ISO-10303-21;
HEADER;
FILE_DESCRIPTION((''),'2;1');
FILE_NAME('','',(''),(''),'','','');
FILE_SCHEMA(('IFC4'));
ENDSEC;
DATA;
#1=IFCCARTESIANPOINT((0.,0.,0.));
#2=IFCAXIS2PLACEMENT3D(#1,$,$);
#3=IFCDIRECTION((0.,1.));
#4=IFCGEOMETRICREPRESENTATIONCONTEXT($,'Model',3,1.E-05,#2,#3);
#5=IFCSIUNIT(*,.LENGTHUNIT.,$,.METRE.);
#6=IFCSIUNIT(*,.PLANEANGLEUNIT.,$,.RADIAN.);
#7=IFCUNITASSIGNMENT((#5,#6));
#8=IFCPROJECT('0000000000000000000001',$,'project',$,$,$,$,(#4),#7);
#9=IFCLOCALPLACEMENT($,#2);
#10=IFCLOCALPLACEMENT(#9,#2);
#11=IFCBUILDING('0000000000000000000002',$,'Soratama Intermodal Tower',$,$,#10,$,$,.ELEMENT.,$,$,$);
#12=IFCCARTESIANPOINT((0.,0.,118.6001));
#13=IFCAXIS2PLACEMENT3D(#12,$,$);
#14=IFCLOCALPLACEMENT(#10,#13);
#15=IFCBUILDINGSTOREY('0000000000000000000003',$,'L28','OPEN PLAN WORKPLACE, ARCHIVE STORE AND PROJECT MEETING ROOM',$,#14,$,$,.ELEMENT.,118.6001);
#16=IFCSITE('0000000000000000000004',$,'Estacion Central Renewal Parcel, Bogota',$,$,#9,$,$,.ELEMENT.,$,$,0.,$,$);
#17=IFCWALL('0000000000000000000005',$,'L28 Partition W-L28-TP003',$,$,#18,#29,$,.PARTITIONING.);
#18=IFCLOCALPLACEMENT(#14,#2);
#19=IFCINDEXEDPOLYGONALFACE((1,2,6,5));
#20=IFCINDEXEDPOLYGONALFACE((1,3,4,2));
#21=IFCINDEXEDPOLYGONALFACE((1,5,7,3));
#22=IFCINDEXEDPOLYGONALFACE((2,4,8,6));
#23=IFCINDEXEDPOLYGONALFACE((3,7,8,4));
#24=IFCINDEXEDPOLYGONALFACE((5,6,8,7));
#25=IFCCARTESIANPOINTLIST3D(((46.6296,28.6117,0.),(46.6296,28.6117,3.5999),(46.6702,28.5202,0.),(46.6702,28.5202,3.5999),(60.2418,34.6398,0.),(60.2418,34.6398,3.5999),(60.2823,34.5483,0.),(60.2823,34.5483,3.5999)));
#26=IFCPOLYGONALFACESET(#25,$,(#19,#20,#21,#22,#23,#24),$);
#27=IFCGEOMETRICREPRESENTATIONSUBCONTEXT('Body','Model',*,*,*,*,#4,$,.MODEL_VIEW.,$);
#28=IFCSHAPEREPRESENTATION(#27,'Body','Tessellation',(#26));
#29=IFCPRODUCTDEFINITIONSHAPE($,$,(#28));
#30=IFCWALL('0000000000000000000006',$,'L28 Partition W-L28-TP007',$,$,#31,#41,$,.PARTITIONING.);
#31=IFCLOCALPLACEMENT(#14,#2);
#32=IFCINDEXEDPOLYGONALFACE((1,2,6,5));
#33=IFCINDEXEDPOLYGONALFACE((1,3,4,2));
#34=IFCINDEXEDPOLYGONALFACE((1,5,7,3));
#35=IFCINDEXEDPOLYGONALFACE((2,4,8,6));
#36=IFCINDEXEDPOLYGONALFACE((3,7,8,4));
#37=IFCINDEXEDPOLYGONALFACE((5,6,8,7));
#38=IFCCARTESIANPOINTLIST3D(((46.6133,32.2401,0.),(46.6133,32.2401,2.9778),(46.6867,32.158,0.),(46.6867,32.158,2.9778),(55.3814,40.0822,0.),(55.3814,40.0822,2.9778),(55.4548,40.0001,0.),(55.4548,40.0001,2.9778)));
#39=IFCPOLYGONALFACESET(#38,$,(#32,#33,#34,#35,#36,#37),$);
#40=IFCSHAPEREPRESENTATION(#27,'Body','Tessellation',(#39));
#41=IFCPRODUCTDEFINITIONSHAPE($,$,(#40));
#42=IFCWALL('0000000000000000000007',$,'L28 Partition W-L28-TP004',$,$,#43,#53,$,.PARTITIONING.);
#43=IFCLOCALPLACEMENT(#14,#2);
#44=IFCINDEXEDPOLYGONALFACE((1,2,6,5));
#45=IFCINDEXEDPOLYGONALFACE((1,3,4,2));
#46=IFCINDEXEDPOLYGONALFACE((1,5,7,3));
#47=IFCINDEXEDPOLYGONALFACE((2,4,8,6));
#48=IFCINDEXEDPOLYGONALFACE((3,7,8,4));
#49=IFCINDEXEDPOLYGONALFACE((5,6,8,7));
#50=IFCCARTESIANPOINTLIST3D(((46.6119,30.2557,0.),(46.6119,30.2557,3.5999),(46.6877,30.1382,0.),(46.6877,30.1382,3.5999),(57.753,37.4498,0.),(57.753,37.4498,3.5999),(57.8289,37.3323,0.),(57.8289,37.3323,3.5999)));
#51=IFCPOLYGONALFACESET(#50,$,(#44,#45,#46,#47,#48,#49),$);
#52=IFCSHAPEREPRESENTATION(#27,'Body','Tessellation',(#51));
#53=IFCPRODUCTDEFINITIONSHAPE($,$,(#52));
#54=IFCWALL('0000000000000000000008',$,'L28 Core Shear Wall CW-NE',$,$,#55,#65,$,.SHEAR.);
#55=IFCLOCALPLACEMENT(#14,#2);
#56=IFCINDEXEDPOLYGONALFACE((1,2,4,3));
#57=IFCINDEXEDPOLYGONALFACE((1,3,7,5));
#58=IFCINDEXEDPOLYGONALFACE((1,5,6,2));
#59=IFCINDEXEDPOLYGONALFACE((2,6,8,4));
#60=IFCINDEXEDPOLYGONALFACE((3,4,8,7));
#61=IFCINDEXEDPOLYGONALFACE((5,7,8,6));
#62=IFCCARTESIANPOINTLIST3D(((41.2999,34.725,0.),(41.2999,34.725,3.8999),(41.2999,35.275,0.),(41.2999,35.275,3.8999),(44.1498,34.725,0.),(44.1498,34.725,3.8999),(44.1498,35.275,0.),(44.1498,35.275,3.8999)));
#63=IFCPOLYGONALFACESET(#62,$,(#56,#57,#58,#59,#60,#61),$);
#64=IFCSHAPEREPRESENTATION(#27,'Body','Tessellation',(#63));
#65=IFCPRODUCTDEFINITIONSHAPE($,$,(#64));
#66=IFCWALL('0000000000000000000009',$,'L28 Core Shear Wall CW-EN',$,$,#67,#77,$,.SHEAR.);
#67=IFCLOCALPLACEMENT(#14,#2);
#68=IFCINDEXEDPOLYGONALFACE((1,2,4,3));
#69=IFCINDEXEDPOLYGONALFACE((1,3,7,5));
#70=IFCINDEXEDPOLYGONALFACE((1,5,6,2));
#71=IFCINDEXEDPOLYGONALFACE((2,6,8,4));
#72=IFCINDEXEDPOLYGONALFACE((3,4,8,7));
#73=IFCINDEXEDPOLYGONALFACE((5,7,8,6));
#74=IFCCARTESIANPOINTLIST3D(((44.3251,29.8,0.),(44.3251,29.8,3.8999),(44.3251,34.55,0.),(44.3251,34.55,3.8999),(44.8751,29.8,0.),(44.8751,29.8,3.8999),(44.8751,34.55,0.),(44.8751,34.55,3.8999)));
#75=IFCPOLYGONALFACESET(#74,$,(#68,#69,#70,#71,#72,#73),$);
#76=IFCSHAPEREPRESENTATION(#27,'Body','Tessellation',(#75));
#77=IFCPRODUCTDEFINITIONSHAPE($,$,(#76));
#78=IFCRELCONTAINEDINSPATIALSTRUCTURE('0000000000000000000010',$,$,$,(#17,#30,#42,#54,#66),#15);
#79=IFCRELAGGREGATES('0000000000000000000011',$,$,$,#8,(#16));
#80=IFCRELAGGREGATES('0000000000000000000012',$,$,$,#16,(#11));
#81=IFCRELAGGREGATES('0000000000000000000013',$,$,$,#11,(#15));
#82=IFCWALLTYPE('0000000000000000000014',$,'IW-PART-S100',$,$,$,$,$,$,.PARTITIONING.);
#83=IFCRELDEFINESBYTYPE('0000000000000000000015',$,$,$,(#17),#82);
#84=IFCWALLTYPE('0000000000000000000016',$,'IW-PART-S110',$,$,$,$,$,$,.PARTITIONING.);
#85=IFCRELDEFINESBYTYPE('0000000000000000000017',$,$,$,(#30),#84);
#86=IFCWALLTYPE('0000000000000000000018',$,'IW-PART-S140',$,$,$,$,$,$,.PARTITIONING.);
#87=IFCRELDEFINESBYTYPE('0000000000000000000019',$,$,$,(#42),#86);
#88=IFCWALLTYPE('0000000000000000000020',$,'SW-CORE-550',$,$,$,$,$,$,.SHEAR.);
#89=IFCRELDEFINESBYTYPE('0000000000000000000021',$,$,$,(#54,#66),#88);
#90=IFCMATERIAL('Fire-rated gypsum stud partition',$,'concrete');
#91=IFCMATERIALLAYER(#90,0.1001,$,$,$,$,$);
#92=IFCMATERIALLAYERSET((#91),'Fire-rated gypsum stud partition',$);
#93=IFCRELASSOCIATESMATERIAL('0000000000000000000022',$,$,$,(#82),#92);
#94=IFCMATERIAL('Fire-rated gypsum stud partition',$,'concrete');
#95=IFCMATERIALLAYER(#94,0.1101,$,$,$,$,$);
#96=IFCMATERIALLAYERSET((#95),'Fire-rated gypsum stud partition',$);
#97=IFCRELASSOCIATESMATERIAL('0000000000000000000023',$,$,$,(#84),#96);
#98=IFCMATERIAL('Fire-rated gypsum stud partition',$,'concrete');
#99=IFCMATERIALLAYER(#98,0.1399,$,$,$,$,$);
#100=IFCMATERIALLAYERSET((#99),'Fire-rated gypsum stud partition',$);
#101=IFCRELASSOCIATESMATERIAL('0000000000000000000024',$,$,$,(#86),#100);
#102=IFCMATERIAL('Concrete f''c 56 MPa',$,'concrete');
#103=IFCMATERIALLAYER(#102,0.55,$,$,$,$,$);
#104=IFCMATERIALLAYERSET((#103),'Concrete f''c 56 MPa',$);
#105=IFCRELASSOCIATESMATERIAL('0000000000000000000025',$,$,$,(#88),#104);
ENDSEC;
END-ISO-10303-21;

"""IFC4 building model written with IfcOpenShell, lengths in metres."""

from ifc_helpers import new_model, si_unit, direction, frame, frame_2d, origin, place, context, subcontext, project, spatial, rectangle, extrude, material, layer, layer_set, type_object, element, save


model = new_model("IFC4")

# Units and contexts
model_context = context("Model", 3, precision=1e-05, world=origin(), true_north=direction((0.0, 1.0)))
body_context = subcontext(model_context, "Body", "Model", "MODEL_VIEW")
ifc_project = project(units=[si_unit("LENGTHUNIT", "METRE"), si_unit("PLANEANGLEUNIT", "RADIAN")], contexts=[model_context])

# Site, building, storey
site_placement = place(None, origin())
site = spatial("IfcSite", under=ifc_project, at=site_placement, Name="Estacion Central Renewal Parcel, Bogota", CompositionType="ELEMENT", RefElevation=0.0)
building_placement = place(site_placement, origin())
building = spatial("IfcBuilding", under=site, at=building_placement, Name="Soratama Intermodal Tower", CompositionType="ELEMENT")
storey_placement = place(building_placement, frame((0.0, 0.0, 118.6001)))
storey = spatial("IfcBuildingStorey", under=building, at=storey_placement, Name="L28", Description="OPEN PLAN WORKPLACE, ARCHIVE STORE AND PROJECT MEETING ROOM", CompositionType="ELEMENT", Elevation=118.6001)

# Walls
ifc_material_1 = material(Name="Fire-rated gypsum stud partition", Category="concrete")
ifc_layer_1 = layer(ifc_material_1, 0.1001)
ifc_layer_set_1 = layer_set([ifc_layer_1], Name="Fire-rated gypsum stud partition")
wall_type_1 = type_object("IfcWallType", Name="IW-PART-S100", PredefinedType="PARTITIONING", material=ifc_layer_set_1)
wall_1_placement = place(storey_placement, frame((46.6499, 28.5659, 0.0), z_axis=(0.0, 0.0, 1.0), x_axis=(0.914352, 0.404919, 0.0)))
element("IfcWall", 1, at=wall_1_placement, inside=storey, type_object=wall_type_1, Name="L28 Partition W-L28-TP003", PredefinedType="PARTITIONING", context=body_context, shape_type="SweptSolid", body=[
    extrude(rectangle(XDim=14.8872, YDim=0.1001, at=frame_2d((7.4436, 0.0))), origin(), (0.0, 0.0, 1.0), 3.5999),
])
ifc_material_2 = material(Name="Fire-rated gypsum stud partition", Category="concrete")
ifc_layer_2 = layer(ifc_material_2, 0.1101)
ifc_layer_set_2 = layer_set([ifc_layer_2], Name="Fire-rated gypsum stud partition")
wall_type_2 = type_object("IfcWallType", Name="IW-PART-S110", PredefinedType="PARTITIONING", material=ifc_layer_set_2)
wall_2_placement = place(storey_placement, frame((46.6499, 32.199, 0.0), z_axis=(0.0, 0.0, 1.0), x_axis=(0.745371, 0.66665, 0.0)))
element("IfcWall", 2, at=wall_2_placement, inside=storey, type_object=wall_type_2, Name="L28 Partition W-L28-TP007", PredefinedType="PARTITIONING", context=body_context, shape_type="SweptSolid", body=[
    extrude(rectangle(XDim=11.7634, YDim=0.1101, at=frame_2d((5.8818, 0.0))), origin(), (0.0, 0.0, 1.0), 2.9778),
])
ifc_material_3 = material(Name="Fire-rated gypsum stud partition", Category="concrete")
ifc_layer_3 = layer(ifc_material_3, 0.1399)
ifc_layer_set_3 = layer_set([ifc_layer_3], Name="Fire-rated gypsum stud partition")
wall_type_3 = type_object("IfcWallType", Name="IW-PART-S140", PredefinedType="PARTITIONING", material=ifc_layer_set_3)
wall_3_placement = place(storey_placement, frame((46.6499, 30.197, 0.0), z_axis=(0.0, 0.0, 1.0), x_axis=(0.840081, 0.542461, 0.0)))
element("IfcWall", 3, at=wall_3_placement, inside=storey, type_object=wall_type_3, Name="L28 Partition W-L28-TP004", PredefinedType="PARTITIONING", context=body_context, shape_type="SweptSolid", body=[
    extrude(rectangle(XDim=13.262, YDim=0.1399, at=frame_2d((6.6309, 0.0))), origin(), (0.0, 0.0, 1.0), 3.5999),
])
ifc_material_4 = material(Name="Concrete f'c 56 MPa", Category="concrete")
ifc_layer_4 = layer(ifc_material_4, 0.55)
ifc_layer_set_4 = layer_set([ifc_layer_4], Name="Concrete f'c 56 MPa")
wall_type_4 = type_object("IfcWallType", Name="SW-CORE-550", PredefinedType="SHEAR", material=ifc_layer_set_4)
wall_4_placement = place(storey_placement, frame((41.3, 35.0, 0.0), z_axis=(0.0, 0.0, 1.0), x_axis=(1.0, 0.0, 0.0)))
element("IfcWall", 4, at=wall_4_placement, inside=storey, type_object=wall_type_4, Name="L28 Core Shear Wall CW-NE", PredefinedType="SHEAR", context=body_context, shape_type="SweptSolid", body=[
    extrude(rectangle(XDim=2.8499, YDim=0.55, at=frame_2d((1.4248, 0.0))), origin(), (0.0, 0.0, 1.0), 3.8999),
])
wall_5_placement = place(storey_placement, frame((44.6001, 29.8, 0.0), z_axis=(0.0, 0.0, 1.0), x_axis=(0.0, 1.0, 0.0)))
element("IfcWall", 5, at=wall_5_placement, inside=storey, type_object=wall_type_4, Name="L28 Core Shear Wall CW-EN", PredefinedType="SHEAR", context=body_context, shape_type="SweptSolid", body=[
    extrude(rectangle(XDim=4.75, YDim=0.55, at=frame_2d((2.375, 0.0))), origin(), (0.0, 0.0, 1.0), 3.8999),
])

save(model, "model.ifc")
